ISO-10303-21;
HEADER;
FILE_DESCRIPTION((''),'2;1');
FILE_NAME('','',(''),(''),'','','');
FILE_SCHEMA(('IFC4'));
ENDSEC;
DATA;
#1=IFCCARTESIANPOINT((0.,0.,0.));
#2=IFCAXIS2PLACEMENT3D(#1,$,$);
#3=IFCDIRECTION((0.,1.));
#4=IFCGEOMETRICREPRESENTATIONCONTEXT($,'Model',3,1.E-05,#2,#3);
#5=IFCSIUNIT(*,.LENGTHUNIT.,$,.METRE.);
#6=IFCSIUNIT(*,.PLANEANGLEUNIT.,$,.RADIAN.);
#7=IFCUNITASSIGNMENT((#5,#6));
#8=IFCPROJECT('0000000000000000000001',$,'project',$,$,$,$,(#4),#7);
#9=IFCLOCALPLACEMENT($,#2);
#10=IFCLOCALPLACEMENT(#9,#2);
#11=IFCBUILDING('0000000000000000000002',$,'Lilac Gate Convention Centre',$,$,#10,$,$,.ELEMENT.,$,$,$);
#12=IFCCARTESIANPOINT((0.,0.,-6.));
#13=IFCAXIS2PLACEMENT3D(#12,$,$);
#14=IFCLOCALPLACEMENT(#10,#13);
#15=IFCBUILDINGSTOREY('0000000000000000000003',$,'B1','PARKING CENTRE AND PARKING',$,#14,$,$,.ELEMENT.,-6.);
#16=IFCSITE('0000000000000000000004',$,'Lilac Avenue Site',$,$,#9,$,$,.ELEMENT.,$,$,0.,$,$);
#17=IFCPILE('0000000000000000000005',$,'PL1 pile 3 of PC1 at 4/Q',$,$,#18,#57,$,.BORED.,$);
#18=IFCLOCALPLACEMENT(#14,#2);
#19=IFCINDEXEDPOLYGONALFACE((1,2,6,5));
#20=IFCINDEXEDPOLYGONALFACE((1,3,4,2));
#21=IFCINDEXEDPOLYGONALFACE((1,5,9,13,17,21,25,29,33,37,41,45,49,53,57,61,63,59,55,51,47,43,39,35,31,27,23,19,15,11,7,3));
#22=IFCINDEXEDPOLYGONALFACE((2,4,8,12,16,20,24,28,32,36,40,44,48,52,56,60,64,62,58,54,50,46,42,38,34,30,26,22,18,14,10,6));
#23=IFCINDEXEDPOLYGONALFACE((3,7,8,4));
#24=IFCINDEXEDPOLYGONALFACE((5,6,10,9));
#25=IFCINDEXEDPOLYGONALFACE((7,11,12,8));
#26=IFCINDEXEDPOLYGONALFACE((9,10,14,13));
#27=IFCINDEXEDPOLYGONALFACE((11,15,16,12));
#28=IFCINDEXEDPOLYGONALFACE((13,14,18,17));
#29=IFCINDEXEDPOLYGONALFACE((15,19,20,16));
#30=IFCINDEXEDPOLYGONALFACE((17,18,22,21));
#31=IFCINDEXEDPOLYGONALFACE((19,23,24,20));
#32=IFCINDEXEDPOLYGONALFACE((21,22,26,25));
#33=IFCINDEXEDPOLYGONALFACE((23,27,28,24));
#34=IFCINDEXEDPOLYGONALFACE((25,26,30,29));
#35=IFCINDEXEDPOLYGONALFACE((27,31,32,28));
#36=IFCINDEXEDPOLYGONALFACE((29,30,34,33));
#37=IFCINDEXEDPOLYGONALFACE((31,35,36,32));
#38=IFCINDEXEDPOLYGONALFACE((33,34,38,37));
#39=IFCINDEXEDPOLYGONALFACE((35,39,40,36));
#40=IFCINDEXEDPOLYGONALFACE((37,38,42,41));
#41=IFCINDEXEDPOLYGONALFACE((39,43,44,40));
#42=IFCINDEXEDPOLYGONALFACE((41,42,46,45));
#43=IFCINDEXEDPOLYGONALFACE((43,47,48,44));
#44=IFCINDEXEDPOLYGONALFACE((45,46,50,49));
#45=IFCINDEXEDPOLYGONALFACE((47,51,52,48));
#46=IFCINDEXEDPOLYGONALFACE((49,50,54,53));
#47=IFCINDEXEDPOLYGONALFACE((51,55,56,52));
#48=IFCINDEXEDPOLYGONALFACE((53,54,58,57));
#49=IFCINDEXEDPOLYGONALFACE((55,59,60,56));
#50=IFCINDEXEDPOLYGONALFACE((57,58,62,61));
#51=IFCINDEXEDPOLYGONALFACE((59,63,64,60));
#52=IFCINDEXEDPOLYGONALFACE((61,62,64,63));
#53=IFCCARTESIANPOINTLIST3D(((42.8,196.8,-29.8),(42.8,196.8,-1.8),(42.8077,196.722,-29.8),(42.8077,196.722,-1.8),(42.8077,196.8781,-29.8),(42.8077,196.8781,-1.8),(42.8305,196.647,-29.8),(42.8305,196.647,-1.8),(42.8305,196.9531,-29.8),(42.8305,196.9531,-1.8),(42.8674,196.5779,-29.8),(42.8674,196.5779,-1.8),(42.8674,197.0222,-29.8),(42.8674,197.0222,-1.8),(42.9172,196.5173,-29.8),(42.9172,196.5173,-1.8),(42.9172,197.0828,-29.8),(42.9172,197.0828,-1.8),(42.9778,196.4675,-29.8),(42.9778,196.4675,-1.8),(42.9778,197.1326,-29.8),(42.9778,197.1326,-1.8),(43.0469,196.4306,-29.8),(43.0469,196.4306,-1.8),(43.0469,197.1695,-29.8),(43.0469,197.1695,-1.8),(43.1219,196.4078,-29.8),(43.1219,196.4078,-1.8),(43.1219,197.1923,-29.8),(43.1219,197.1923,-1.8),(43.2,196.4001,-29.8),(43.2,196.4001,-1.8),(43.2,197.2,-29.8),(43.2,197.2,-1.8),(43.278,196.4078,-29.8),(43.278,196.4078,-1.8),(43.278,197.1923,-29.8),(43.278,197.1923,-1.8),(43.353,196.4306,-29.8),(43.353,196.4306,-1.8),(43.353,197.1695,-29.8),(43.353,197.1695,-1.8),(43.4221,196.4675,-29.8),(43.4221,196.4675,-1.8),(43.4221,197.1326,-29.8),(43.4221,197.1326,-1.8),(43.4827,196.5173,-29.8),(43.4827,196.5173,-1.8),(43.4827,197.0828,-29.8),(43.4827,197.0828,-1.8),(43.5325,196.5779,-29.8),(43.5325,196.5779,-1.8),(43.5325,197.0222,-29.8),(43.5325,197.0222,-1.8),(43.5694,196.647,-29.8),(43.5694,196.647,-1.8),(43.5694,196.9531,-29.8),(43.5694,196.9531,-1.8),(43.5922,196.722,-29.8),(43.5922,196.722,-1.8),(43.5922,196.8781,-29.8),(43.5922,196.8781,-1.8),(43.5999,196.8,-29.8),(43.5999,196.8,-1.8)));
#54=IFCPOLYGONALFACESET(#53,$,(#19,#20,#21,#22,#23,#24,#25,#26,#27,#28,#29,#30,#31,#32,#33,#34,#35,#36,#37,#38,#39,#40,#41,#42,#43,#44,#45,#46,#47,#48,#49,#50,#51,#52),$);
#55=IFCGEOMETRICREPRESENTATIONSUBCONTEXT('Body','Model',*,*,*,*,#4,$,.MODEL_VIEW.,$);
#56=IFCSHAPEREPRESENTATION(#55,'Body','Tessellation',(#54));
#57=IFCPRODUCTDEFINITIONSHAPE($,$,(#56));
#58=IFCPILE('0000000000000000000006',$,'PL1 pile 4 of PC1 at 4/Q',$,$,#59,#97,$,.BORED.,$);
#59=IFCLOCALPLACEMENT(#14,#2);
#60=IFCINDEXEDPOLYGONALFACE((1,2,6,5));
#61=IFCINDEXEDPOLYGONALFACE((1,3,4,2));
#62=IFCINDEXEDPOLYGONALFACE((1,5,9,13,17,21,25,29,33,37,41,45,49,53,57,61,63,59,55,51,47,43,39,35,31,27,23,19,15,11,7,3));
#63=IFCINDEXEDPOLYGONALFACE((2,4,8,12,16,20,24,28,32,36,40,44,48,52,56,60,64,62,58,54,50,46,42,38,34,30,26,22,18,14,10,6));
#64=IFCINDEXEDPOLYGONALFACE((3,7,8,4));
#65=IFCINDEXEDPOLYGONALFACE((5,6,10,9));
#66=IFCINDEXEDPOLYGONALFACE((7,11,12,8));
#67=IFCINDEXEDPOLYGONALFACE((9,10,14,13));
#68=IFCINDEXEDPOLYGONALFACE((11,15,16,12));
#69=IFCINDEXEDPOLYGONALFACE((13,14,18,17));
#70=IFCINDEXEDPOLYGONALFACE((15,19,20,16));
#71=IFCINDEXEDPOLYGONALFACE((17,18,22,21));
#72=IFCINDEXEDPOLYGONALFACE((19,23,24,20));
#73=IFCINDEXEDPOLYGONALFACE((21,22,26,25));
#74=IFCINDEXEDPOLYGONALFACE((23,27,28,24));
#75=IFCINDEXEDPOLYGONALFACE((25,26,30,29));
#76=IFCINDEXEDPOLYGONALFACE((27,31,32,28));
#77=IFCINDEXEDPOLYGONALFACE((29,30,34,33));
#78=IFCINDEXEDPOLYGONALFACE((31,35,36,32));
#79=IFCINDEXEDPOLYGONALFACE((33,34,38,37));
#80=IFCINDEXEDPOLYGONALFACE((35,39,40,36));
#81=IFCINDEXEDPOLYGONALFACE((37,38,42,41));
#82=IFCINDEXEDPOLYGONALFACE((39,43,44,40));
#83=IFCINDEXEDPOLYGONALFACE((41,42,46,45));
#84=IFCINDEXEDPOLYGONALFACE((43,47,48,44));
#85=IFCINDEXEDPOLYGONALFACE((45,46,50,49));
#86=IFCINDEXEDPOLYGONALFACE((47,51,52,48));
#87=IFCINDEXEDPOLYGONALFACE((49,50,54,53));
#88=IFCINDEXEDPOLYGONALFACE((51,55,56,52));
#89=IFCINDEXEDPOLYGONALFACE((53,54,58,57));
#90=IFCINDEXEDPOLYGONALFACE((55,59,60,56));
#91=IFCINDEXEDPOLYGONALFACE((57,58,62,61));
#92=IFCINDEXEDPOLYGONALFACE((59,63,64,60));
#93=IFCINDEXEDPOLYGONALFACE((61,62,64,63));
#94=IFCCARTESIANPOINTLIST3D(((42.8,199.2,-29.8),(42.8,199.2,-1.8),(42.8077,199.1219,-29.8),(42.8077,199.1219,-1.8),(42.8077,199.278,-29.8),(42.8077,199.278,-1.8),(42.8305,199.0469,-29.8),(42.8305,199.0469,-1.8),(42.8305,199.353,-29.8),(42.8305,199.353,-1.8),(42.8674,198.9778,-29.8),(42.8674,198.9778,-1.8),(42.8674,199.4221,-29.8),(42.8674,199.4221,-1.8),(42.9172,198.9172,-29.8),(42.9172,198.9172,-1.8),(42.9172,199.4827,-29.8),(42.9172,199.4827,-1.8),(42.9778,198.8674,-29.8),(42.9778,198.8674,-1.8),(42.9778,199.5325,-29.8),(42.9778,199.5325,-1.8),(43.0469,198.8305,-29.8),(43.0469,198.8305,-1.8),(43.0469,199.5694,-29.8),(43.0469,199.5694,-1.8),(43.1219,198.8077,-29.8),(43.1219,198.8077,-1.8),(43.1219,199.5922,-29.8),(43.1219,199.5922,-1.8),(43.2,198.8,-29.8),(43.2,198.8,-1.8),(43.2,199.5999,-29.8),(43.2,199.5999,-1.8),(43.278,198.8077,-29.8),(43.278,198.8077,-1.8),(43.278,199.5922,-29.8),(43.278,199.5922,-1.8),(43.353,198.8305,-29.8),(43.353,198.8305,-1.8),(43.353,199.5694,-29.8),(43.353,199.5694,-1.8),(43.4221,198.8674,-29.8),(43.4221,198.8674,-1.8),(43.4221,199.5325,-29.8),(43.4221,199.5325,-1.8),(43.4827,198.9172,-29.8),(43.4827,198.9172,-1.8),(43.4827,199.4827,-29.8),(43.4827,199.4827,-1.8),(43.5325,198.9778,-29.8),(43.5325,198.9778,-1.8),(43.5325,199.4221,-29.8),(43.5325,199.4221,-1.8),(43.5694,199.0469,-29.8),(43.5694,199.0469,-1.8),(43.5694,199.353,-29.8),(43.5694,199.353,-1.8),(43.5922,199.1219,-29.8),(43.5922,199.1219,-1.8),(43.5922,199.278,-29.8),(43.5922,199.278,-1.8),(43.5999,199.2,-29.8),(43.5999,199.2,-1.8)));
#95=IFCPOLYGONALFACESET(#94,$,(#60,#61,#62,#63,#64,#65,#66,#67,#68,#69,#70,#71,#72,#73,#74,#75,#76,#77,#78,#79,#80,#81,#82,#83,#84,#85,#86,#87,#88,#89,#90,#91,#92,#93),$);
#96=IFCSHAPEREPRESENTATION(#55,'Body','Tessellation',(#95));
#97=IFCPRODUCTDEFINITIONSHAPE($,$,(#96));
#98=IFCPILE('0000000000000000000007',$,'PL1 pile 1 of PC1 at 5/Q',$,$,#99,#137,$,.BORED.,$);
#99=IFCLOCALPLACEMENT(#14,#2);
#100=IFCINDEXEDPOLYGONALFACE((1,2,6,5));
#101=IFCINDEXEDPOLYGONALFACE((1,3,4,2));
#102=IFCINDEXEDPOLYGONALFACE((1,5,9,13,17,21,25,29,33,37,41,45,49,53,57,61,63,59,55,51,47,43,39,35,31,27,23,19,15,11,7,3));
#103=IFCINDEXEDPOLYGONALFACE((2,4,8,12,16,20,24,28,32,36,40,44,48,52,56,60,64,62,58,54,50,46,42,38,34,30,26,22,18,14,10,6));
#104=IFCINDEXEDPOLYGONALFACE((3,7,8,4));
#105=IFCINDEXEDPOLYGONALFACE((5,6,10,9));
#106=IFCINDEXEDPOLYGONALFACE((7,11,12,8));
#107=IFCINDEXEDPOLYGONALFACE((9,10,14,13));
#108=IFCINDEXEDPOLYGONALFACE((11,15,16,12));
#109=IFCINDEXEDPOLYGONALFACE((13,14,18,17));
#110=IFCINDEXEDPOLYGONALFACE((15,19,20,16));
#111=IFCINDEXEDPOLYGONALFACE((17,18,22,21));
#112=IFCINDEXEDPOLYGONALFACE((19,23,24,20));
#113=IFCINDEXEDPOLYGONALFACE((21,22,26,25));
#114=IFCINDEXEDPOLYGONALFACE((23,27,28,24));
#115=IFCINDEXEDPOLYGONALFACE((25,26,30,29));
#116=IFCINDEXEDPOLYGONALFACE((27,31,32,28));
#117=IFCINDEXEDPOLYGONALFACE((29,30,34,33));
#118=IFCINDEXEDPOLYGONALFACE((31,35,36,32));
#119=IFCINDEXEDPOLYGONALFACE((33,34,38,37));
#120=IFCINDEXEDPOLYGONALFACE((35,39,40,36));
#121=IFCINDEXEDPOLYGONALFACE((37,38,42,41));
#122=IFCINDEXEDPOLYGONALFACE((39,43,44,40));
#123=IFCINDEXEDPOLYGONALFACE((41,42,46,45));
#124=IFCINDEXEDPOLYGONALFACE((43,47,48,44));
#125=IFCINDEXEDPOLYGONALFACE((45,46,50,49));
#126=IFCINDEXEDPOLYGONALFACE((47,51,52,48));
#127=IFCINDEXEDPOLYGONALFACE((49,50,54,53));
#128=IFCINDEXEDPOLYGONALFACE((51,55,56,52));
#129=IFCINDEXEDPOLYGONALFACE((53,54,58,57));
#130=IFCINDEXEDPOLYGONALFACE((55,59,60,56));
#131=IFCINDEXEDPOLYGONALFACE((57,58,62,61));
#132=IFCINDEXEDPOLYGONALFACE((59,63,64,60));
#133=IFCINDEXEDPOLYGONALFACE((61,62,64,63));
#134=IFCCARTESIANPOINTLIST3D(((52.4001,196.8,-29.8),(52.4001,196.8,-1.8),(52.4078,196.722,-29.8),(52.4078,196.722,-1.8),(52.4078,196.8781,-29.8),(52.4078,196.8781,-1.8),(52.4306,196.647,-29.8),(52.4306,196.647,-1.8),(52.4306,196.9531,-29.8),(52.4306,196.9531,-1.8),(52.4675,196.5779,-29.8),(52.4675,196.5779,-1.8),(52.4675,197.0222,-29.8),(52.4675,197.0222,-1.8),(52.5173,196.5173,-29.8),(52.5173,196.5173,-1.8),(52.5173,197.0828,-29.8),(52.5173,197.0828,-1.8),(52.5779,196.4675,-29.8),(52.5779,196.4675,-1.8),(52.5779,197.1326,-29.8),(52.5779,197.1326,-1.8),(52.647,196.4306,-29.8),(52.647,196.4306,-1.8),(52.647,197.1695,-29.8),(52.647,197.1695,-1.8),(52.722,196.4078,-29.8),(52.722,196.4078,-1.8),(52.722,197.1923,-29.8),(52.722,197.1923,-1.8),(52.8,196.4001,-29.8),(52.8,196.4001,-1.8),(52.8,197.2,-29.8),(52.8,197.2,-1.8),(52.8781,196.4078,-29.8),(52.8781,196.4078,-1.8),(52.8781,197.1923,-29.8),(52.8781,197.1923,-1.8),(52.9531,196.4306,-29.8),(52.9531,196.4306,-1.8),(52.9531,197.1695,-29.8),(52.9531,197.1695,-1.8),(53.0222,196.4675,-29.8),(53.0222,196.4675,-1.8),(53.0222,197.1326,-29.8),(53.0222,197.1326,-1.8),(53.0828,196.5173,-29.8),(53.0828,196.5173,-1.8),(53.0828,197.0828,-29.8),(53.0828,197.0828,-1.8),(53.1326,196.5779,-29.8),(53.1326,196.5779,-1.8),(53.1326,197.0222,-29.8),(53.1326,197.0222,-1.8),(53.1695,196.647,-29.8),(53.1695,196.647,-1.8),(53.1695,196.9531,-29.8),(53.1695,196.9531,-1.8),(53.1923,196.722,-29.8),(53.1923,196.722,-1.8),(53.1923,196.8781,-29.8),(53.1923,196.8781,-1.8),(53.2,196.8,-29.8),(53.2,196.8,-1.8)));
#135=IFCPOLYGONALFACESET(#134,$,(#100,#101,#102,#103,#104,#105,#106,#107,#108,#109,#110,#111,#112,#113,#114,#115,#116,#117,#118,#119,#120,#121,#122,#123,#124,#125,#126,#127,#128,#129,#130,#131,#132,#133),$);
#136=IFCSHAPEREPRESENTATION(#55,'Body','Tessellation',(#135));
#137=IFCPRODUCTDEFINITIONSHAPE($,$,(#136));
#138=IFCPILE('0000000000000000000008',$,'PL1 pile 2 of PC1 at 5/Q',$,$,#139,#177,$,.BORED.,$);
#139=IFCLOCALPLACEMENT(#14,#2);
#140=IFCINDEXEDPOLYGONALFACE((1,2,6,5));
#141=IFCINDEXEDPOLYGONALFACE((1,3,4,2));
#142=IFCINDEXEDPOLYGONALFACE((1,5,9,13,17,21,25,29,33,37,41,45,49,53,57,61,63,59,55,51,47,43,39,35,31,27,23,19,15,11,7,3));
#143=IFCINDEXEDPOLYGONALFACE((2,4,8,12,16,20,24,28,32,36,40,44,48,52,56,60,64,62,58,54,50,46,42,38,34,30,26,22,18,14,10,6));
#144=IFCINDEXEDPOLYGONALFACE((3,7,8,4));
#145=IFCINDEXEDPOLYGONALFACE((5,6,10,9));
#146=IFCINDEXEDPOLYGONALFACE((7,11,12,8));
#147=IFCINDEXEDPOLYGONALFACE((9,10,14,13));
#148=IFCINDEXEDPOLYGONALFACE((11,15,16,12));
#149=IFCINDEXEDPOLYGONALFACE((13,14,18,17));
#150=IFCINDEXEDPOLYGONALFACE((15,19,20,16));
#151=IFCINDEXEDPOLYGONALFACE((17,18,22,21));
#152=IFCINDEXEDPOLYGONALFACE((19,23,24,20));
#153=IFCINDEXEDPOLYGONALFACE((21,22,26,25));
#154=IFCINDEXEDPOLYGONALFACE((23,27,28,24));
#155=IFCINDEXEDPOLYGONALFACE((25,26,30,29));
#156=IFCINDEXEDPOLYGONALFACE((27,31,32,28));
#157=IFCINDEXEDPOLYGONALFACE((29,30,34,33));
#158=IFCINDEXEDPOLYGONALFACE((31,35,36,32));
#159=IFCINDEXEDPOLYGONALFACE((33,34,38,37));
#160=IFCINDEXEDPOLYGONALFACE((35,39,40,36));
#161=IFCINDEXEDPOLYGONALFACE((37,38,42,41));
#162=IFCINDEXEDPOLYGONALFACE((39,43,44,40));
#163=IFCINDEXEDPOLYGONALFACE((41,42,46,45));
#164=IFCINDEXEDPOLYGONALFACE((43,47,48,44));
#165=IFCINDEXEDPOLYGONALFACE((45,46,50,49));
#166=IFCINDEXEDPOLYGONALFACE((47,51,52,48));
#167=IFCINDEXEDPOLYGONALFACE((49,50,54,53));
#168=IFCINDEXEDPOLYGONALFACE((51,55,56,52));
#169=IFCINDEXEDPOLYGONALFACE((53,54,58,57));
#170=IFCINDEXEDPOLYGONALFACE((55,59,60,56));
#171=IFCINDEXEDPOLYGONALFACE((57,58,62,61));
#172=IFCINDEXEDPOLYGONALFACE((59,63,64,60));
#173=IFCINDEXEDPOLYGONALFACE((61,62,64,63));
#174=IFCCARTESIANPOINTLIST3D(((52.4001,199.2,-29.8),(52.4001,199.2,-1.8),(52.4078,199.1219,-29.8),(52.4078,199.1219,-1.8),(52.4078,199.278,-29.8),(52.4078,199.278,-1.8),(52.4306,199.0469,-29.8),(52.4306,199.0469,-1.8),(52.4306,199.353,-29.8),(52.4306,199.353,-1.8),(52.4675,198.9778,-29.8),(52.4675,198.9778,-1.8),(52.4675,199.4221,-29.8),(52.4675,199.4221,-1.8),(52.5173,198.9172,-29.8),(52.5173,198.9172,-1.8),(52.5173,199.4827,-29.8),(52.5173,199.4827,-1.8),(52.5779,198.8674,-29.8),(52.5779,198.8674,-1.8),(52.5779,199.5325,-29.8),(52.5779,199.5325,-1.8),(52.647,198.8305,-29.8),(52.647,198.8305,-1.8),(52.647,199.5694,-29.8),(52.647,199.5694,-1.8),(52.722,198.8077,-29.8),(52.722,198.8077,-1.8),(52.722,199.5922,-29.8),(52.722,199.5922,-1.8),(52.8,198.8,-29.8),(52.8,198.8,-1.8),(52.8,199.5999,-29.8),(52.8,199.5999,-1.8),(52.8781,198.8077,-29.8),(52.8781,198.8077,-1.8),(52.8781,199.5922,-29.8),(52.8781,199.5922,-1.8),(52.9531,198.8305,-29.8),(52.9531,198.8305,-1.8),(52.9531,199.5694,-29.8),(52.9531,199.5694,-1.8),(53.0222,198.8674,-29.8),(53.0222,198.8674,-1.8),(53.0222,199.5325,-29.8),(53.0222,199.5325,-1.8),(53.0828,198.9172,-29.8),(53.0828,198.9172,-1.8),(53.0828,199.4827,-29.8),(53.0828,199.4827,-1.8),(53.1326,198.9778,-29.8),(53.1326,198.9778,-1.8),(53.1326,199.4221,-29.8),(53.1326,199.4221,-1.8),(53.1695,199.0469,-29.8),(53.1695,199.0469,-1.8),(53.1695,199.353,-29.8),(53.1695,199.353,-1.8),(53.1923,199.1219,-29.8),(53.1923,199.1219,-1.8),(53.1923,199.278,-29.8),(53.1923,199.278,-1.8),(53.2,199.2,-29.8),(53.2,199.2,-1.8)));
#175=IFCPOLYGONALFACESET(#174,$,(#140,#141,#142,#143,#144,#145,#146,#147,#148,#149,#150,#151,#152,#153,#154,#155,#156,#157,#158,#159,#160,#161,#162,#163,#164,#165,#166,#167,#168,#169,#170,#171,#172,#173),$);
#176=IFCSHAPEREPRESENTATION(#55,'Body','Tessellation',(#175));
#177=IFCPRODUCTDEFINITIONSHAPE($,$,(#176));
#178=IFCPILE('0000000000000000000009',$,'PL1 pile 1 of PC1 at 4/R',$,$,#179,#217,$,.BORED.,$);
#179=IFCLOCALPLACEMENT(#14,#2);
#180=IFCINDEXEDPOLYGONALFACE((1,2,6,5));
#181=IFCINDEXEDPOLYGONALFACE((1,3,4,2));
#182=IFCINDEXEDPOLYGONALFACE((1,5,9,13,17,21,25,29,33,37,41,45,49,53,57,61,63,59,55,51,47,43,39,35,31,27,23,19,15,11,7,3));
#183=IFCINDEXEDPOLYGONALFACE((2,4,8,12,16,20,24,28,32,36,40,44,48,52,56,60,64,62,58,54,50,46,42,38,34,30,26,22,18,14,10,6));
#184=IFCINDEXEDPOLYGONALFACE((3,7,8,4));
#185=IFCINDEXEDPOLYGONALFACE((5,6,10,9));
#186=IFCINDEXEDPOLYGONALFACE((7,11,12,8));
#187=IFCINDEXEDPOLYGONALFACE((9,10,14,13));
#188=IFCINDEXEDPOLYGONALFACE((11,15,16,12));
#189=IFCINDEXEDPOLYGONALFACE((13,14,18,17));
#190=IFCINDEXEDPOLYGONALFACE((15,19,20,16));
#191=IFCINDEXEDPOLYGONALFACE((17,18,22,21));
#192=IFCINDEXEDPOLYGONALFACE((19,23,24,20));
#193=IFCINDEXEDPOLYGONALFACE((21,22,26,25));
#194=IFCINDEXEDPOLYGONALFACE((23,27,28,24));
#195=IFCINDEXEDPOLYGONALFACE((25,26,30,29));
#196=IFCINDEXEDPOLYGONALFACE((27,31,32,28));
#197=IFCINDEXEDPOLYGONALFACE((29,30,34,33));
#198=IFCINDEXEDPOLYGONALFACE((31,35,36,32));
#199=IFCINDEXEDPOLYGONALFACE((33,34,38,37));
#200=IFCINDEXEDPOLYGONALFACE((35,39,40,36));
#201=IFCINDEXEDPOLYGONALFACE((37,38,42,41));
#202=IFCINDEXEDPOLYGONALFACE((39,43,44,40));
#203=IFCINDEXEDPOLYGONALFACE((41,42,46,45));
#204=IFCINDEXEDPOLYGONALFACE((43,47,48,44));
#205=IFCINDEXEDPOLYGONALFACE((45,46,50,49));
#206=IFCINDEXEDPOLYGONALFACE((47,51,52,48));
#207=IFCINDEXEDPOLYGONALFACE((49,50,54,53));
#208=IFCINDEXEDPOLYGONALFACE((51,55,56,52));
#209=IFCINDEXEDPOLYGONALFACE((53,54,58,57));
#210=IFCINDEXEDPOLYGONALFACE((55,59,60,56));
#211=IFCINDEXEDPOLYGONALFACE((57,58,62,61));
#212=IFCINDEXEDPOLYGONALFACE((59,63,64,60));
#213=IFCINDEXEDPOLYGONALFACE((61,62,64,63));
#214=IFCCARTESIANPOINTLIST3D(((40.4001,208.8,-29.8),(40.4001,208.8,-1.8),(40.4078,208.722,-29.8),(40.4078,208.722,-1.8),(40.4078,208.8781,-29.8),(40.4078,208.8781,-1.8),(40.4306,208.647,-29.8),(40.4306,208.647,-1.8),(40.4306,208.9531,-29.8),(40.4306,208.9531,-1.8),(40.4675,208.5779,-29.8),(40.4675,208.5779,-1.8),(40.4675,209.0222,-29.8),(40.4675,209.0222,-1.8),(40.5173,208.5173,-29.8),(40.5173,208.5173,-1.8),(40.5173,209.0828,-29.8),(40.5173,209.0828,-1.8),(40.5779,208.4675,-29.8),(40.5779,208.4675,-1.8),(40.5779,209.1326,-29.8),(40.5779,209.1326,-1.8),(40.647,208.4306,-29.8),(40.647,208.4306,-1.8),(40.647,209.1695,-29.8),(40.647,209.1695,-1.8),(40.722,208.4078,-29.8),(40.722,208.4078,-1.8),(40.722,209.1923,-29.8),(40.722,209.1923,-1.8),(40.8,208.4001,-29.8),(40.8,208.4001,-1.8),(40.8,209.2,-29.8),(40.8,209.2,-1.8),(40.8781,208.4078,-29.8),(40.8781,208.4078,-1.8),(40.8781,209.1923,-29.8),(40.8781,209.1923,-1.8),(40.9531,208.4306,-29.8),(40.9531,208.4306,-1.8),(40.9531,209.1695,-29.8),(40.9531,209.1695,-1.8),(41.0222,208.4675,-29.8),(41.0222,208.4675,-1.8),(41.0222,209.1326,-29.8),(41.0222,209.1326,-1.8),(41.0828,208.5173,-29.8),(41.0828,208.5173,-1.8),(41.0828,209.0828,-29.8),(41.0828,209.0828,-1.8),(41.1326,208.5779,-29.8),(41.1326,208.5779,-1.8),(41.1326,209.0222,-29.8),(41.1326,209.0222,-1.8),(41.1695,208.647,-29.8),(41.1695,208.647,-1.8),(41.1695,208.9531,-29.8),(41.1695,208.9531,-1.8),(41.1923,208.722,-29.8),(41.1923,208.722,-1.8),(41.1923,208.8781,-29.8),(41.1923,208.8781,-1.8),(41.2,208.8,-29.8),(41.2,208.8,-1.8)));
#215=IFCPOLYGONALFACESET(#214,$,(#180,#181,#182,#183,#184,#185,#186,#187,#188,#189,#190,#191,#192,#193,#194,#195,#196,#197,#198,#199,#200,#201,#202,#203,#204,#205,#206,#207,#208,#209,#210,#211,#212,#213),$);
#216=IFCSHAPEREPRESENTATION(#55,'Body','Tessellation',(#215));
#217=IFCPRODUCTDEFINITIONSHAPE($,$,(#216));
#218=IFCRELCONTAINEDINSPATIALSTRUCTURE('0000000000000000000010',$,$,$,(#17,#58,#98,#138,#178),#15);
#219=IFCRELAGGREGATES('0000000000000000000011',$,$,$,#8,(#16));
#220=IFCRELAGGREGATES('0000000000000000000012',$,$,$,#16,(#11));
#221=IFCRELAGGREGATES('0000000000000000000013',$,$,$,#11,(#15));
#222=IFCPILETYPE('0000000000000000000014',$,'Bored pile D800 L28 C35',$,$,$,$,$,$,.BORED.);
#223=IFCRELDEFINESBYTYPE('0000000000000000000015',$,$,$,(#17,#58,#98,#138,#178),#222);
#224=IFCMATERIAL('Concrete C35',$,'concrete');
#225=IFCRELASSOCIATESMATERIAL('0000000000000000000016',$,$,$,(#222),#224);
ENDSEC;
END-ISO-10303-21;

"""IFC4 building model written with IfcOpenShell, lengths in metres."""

from ifc_helpers import new_model, si_unit, direction, frame, origin, origin_2d, place, context, subcontext, project, spatial, circle, extrude, material, material_profile, profile_set, type_object, element, save


model = new_model("IFC4")

# Units and contexts
model_context = context("Model", 3, precision=1e-05, world=origin(), true_north=direction((0.0, 1.0)))
body_context = subcontext(model_context, "Body", "Model", "MODEL_VIEW")
ifc_project = project(units=[si_unit("LENGTHUNIT", "METRE"), si_unit("PLANEANGLEUNIT", "RADIAN")], contexts=[model_context])

# Site, building, storey
site_placement = place(None, origin())
site = spatial("IfcSite", under=ifc_project, at=site_placement, Name="Lilac Avenue Site", CompositionType="ELEMENT", RefElevation=0.0)
building_placement = place(site_placement, origin())
building = spatial("IfcBuilding", under=site, at=building_placement, Name="Lilac Gate Convention Centre", CompositionType="ELEMENT")
storey_placement = place(building_placement, frame((0.0, 0.0, -6.0)))
storey = spatial("IfcBuildingStorey", under=building, at=storey_placement, Name="B1", Description="PARKING CENTRE AND PARKING", CompositionType="ELEMENT", Elevation=-6.0)

# Piles
ifc_material_1 = material(Name="Concrete C35", Category="concrete")
ifc_material_profile_1 = material_profile(ifc_material_1, circle(Radius=0.3999, at=origin_2d()), Name="D800")
ifc_profile_set_1 = profile_set([ifc_material_profile_1], Name="Concrete C35")
pile_type = type_object("IfcPileType", Name="Bored pile D800 L28 C35", PredefinedType="BORED", material=ifc_profile_set_1)
for number, where, z_axis, x_axis, name in (
    (1, (43.2, 196.8, -1.8), (0.0, 0.0, -1.0), (1.0, 0.0, 0.0), "PL1 pile 3 of PC1 at 4/Q"),
    (2, (43.2, 199.2, -1.8), (0.0, 0.0, -1.0), (1.0, 0.0, 0.0), "PL1 pile 4 of PC1 at 4/Q"),
    (3, (52.8, 196.8, -1.8), (0.0, 0.0, -1.0), (1.0, 0.0, 0.0), "PL1 pile 1 of PC1 at 5/Q"),
    (4, (52.8, 199.2, -1.8), (0.0, 0.0, -1.0), (1.0, 0.0, 0.0), "PL1 pile 2 of PC1 at 5/Q"),
    (5, (40.8, 208.8, -1.8), (0.0, 0.0, -1.0), (1.0, 0.0, 0.0), "PL1 pile 1 of PC1 at 4/R"),
):
    element("IfcPile", number, at=place(storey_placement, frame(where, z_axis=z_axis, x_axis=x_axis)), inside=storey, type_object=pile_type, Name=name, PredefinedType="BORED", context=body_context, shape_type="SweptSolid", body=[
        extrude(circle(Radius=0.3999, at=origin_2d()), origin(), (0.0, 0.0, 1.0), 28.0),
    ])

save(model, "model.ifc")
